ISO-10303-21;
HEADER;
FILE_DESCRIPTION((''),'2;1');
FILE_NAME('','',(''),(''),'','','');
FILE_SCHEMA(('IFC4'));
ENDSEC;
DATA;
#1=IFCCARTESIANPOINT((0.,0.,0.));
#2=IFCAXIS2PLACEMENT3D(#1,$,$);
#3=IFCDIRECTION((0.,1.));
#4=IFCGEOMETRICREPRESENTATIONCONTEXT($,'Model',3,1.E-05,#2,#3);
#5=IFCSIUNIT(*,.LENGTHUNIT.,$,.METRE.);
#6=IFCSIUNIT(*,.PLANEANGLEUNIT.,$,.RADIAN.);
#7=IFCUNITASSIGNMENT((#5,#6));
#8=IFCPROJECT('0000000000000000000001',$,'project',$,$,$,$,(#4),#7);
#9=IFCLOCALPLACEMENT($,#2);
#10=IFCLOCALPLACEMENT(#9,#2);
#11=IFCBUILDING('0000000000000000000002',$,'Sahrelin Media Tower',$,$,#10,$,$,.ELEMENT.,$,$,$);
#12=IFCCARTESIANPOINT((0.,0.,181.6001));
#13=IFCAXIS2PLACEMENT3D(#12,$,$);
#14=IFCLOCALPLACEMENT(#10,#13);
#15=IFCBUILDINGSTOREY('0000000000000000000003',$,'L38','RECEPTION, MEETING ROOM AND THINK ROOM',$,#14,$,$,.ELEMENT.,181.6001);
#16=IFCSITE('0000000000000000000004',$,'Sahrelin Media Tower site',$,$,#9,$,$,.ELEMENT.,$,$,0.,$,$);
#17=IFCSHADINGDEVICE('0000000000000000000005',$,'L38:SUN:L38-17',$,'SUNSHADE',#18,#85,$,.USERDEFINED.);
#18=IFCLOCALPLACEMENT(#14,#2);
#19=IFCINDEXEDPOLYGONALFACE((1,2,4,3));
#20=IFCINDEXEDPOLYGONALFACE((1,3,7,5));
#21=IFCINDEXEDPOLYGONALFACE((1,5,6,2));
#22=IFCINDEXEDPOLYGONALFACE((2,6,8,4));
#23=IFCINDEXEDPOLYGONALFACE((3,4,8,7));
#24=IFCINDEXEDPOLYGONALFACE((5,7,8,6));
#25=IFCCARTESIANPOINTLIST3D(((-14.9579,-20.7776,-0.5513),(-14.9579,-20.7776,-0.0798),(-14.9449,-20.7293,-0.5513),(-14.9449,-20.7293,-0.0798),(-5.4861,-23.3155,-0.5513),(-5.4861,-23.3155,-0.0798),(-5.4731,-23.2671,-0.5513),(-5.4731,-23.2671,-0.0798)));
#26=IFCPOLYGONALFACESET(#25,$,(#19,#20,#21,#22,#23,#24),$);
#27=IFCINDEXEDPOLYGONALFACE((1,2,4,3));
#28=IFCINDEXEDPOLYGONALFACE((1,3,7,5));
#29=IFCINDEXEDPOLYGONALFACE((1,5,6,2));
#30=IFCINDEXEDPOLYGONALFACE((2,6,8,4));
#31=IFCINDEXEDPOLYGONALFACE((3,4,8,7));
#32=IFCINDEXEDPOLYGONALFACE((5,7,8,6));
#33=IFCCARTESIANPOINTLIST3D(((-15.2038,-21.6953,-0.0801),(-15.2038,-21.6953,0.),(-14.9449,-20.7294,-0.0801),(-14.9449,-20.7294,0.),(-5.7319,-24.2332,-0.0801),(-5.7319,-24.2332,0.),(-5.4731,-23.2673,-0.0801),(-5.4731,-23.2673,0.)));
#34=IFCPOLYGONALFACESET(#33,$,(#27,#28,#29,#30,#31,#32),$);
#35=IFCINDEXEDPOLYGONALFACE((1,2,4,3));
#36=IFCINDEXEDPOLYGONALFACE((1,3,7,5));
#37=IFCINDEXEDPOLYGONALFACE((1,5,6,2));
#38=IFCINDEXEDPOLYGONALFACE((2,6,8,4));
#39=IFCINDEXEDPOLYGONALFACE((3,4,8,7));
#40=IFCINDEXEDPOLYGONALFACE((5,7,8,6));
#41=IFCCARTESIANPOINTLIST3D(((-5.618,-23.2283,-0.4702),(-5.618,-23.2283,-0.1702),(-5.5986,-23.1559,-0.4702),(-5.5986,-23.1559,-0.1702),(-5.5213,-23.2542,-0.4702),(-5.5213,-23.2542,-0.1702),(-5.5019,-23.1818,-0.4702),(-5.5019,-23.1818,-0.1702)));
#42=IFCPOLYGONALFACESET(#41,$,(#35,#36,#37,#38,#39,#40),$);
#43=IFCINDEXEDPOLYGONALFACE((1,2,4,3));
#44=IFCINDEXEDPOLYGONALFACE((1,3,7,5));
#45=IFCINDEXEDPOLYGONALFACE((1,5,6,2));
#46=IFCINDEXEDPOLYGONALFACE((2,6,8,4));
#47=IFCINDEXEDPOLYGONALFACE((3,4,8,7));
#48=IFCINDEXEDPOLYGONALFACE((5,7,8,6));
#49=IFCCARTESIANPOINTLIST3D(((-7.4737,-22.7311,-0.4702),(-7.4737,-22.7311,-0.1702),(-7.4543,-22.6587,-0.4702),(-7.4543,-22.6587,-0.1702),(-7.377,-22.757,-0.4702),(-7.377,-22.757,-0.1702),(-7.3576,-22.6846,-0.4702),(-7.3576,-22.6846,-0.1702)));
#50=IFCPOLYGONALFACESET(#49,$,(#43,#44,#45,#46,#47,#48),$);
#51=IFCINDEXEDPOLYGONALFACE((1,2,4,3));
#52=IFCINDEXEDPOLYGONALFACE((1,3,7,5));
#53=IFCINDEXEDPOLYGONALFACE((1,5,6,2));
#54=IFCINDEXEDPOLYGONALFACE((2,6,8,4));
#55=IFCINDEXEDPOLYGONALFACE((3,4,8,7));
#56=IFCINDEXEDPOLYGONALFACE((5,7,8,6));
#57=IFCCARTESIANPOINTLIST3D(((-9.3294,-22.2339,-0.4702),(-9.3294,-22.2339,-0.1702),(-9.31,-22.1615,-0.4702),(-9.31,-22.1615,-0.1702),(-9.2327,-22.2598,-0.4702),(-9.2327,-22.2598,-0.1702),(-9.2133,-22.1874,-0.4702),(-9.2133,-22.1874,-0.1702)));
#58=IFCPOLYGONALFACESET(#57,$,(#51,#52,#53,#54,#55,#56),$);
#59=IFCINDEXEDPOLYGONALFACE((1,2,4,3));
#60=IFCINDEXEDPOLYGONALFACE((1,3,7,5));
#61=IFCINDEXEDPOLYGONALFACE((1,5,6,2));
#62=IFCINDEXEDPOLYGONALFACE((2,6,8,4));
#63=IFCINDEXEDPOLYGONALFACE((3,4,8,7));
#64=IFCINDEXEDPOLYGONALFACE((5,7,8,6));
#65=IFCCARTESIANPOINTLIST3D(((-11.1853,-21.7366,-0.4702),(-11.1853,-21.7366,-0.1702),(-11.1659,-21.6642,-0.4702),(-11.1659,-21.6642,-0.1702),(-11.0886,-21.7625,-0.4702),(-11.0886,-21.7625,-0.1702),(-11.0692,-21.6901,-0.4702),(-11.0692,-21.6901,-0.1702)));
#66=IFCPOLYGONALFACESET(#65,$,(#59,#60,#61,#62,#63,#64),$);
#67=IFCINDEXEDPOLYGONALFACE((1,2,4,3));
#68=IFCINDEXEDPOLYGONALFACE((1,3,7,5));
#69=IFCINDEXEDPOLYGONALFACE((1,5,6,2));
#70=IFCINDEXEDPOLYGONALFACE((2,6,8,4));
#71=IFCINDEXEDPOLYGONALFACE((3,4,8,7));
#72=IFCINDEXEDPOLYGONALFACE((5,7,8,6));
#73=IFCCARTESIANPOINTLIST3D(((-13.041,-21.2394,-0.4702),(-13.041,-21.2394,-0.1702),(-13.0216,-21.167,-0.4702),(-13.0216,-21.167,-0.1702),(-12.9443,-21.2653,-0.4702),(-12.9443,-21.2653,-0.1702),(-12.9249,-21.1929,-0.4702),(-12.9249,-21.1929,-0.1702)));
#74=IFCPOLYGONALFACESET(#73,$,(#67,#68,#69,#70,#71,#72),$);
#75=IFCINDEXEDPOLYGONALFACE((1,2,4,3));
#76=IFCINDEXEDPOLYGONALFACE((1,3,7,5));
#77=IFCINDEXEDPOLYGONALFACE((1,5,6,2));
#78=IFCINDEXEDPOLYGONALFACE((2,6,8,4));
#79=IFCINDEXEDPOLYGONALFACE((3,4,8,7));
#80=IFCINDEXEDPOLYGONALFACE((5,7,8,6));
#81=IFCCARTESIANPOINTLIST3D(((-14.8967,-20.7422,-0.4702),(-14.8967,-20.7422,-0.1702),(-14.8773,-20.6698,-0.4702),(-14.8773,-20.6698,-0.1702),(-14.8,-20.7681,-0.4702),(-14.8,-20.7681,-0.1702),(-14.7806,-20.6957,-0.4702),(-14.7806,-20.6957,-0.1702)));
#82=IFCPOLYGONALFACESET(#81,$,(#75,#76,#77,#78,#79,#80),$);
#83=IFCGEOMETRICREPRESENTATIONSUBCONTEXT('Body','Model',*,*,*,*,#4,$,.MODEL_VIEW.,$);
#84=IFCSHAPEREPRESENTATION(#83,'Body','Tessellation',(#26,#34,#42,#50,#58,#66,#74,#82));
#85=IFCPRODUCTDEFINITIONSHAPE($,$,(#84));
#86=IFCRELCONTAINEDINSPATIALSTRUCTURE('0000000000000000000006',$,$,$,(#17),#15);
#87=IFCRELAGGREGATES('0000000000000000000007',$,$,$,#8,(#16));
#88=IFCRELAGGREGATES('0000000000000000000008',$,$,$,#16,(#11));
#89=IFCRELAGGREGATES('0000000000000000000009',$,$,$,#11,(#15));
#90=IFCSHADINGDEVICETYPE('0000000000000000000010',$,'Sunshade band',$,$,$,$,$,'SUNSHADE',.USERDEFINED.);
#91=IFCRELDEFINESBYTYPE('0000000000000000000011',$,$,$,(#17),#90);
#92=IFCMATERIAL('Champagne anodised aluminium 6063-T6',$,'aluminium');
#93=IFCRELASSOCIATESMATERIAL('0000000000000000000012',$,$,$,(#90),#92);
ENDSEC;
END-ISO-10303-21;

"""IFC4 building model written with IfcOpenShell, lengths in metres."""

from ifc_helpers import new_model, si_unit, direction, frame, origin, origin_2d, place, context, subcontext, project, spatial, rectangle, extrude, material, type_object, element, save


model = new_model("IFC4")

# Units and contexts
model_context = context("Model", 3, precision=1e-05, world=origin(), true_north=direction((0.0, 1.0)))
body_context = subcontext(model_context, "Body", "Model", "MODEL_VIEW")
ifc_project = project(units=[si_unit("LENGTHUNIT", "METRE"), si_unit("PLANEANGLEUNIT", "RADIAN")], contexts=[model_context])

# Site, building, storey
site_placement = place(None, origin())
site = spatial("IfcSite", under=ifc_project, at=site_placement, Name="Sahrelin Media Tower site", CompositionType="ELEMENT", RefElevation=0.0)
building_placement = place(site_placement, origin())
building = spatial("IfcBuilding", under=site, at=building_placement, Name="Sahrelin Media Tower", CompositionType="ELEMENT")
storey_placement = place(building_placement, frame((0.0, 0.0, 181.6001)))
storey = spatial("IfcBuildingStorey", under=building, at=storey_placement, Name="L38", Description="RECEPTION, MEETING ROOM AND THINK ROOM", CompositionType="ELEMENT", Elevation=181.6001)

# Shared definitions
ifc_material_1 = material(Name="Champagne anodised aluminium 6063-T6", Category="aluminium")

# Shading device
placement = place(storey_placement, frame((-10.2039, -21.979, 0.0), z_axis=(0.0, 0.0, 1.0), x_axis=(-0.965929, 0.258808, 0.0)))
shading_device_type_1 = type_object("IfcShadingDeviceType", Name="Sunshade band", ElementType="SUNSHADE", PredefinedType="USERDEFINED", material=ifc_material_1)
element("IfcShadingDevice", 1, at=placement, inside=storey, type_object=shading_device_type_1, Name="L38:SUN:L38-17", ObjectType="SUNSHADE", PredefinedType="USERDEFINED", context=body_context, shape_type="SweptSolid", body=[
    extrude(rectangle(XDim=9.8059, YDim=0.05, at=origin_2d()), frame((0.0, 0.0449, -0.5513)), (0.0, 0.0, 1.0), 0.4714),
    extrude(rectangle(XDim=9.8059, YDim=1.0, at=origin_2d()), frame((0.0, 0.52, -0.0801)), (0.0, 0.0, 1.0), 0.0801),
    extrude(rectangle(XDim=0.1001, YDim=0.075, at=origin_2d()), frame((-4.803, -0.0176, -0.4702)), (0.0, 0.0, 1.0), 0.3),
    extrude(rectangle(XDim=0.1001, YDim=0.075, at=origin_2d()), frame((-2.8818, -0.0176, -0.4702)), (0.0, 0.0, 1.0), 0.3),
    extrude(rectangle(XDim=0.1001, YDim=0.075, at=origin_2d()), frame((-0.9607, -0.0176, -0.4702)), (0.0, 0.0, 1.0), 0.3),
    extrude(rectangle(XDim=0.1001, YDim=0.075, at=origin_2d()), frame((0.9607, -0.0176, -0.4702)), (0.0, 0.0, 1.0), 0.3),
    extrude(rectangle(XDim=0.1001, YDim=0.075, at=origin_2d()), frame((2.8818, -0.0176, -0.4702)), (0.0, 0.0, 1.0), 0.3),
    extrude(rectangle(XDim=0.1001, YDim=0.075, at=origin_2d()), frame((4.803, -0.0176, -0.4702)), (0.0, 0.0, 1.0), 0.3),
])

save(model, "model.ifc")
